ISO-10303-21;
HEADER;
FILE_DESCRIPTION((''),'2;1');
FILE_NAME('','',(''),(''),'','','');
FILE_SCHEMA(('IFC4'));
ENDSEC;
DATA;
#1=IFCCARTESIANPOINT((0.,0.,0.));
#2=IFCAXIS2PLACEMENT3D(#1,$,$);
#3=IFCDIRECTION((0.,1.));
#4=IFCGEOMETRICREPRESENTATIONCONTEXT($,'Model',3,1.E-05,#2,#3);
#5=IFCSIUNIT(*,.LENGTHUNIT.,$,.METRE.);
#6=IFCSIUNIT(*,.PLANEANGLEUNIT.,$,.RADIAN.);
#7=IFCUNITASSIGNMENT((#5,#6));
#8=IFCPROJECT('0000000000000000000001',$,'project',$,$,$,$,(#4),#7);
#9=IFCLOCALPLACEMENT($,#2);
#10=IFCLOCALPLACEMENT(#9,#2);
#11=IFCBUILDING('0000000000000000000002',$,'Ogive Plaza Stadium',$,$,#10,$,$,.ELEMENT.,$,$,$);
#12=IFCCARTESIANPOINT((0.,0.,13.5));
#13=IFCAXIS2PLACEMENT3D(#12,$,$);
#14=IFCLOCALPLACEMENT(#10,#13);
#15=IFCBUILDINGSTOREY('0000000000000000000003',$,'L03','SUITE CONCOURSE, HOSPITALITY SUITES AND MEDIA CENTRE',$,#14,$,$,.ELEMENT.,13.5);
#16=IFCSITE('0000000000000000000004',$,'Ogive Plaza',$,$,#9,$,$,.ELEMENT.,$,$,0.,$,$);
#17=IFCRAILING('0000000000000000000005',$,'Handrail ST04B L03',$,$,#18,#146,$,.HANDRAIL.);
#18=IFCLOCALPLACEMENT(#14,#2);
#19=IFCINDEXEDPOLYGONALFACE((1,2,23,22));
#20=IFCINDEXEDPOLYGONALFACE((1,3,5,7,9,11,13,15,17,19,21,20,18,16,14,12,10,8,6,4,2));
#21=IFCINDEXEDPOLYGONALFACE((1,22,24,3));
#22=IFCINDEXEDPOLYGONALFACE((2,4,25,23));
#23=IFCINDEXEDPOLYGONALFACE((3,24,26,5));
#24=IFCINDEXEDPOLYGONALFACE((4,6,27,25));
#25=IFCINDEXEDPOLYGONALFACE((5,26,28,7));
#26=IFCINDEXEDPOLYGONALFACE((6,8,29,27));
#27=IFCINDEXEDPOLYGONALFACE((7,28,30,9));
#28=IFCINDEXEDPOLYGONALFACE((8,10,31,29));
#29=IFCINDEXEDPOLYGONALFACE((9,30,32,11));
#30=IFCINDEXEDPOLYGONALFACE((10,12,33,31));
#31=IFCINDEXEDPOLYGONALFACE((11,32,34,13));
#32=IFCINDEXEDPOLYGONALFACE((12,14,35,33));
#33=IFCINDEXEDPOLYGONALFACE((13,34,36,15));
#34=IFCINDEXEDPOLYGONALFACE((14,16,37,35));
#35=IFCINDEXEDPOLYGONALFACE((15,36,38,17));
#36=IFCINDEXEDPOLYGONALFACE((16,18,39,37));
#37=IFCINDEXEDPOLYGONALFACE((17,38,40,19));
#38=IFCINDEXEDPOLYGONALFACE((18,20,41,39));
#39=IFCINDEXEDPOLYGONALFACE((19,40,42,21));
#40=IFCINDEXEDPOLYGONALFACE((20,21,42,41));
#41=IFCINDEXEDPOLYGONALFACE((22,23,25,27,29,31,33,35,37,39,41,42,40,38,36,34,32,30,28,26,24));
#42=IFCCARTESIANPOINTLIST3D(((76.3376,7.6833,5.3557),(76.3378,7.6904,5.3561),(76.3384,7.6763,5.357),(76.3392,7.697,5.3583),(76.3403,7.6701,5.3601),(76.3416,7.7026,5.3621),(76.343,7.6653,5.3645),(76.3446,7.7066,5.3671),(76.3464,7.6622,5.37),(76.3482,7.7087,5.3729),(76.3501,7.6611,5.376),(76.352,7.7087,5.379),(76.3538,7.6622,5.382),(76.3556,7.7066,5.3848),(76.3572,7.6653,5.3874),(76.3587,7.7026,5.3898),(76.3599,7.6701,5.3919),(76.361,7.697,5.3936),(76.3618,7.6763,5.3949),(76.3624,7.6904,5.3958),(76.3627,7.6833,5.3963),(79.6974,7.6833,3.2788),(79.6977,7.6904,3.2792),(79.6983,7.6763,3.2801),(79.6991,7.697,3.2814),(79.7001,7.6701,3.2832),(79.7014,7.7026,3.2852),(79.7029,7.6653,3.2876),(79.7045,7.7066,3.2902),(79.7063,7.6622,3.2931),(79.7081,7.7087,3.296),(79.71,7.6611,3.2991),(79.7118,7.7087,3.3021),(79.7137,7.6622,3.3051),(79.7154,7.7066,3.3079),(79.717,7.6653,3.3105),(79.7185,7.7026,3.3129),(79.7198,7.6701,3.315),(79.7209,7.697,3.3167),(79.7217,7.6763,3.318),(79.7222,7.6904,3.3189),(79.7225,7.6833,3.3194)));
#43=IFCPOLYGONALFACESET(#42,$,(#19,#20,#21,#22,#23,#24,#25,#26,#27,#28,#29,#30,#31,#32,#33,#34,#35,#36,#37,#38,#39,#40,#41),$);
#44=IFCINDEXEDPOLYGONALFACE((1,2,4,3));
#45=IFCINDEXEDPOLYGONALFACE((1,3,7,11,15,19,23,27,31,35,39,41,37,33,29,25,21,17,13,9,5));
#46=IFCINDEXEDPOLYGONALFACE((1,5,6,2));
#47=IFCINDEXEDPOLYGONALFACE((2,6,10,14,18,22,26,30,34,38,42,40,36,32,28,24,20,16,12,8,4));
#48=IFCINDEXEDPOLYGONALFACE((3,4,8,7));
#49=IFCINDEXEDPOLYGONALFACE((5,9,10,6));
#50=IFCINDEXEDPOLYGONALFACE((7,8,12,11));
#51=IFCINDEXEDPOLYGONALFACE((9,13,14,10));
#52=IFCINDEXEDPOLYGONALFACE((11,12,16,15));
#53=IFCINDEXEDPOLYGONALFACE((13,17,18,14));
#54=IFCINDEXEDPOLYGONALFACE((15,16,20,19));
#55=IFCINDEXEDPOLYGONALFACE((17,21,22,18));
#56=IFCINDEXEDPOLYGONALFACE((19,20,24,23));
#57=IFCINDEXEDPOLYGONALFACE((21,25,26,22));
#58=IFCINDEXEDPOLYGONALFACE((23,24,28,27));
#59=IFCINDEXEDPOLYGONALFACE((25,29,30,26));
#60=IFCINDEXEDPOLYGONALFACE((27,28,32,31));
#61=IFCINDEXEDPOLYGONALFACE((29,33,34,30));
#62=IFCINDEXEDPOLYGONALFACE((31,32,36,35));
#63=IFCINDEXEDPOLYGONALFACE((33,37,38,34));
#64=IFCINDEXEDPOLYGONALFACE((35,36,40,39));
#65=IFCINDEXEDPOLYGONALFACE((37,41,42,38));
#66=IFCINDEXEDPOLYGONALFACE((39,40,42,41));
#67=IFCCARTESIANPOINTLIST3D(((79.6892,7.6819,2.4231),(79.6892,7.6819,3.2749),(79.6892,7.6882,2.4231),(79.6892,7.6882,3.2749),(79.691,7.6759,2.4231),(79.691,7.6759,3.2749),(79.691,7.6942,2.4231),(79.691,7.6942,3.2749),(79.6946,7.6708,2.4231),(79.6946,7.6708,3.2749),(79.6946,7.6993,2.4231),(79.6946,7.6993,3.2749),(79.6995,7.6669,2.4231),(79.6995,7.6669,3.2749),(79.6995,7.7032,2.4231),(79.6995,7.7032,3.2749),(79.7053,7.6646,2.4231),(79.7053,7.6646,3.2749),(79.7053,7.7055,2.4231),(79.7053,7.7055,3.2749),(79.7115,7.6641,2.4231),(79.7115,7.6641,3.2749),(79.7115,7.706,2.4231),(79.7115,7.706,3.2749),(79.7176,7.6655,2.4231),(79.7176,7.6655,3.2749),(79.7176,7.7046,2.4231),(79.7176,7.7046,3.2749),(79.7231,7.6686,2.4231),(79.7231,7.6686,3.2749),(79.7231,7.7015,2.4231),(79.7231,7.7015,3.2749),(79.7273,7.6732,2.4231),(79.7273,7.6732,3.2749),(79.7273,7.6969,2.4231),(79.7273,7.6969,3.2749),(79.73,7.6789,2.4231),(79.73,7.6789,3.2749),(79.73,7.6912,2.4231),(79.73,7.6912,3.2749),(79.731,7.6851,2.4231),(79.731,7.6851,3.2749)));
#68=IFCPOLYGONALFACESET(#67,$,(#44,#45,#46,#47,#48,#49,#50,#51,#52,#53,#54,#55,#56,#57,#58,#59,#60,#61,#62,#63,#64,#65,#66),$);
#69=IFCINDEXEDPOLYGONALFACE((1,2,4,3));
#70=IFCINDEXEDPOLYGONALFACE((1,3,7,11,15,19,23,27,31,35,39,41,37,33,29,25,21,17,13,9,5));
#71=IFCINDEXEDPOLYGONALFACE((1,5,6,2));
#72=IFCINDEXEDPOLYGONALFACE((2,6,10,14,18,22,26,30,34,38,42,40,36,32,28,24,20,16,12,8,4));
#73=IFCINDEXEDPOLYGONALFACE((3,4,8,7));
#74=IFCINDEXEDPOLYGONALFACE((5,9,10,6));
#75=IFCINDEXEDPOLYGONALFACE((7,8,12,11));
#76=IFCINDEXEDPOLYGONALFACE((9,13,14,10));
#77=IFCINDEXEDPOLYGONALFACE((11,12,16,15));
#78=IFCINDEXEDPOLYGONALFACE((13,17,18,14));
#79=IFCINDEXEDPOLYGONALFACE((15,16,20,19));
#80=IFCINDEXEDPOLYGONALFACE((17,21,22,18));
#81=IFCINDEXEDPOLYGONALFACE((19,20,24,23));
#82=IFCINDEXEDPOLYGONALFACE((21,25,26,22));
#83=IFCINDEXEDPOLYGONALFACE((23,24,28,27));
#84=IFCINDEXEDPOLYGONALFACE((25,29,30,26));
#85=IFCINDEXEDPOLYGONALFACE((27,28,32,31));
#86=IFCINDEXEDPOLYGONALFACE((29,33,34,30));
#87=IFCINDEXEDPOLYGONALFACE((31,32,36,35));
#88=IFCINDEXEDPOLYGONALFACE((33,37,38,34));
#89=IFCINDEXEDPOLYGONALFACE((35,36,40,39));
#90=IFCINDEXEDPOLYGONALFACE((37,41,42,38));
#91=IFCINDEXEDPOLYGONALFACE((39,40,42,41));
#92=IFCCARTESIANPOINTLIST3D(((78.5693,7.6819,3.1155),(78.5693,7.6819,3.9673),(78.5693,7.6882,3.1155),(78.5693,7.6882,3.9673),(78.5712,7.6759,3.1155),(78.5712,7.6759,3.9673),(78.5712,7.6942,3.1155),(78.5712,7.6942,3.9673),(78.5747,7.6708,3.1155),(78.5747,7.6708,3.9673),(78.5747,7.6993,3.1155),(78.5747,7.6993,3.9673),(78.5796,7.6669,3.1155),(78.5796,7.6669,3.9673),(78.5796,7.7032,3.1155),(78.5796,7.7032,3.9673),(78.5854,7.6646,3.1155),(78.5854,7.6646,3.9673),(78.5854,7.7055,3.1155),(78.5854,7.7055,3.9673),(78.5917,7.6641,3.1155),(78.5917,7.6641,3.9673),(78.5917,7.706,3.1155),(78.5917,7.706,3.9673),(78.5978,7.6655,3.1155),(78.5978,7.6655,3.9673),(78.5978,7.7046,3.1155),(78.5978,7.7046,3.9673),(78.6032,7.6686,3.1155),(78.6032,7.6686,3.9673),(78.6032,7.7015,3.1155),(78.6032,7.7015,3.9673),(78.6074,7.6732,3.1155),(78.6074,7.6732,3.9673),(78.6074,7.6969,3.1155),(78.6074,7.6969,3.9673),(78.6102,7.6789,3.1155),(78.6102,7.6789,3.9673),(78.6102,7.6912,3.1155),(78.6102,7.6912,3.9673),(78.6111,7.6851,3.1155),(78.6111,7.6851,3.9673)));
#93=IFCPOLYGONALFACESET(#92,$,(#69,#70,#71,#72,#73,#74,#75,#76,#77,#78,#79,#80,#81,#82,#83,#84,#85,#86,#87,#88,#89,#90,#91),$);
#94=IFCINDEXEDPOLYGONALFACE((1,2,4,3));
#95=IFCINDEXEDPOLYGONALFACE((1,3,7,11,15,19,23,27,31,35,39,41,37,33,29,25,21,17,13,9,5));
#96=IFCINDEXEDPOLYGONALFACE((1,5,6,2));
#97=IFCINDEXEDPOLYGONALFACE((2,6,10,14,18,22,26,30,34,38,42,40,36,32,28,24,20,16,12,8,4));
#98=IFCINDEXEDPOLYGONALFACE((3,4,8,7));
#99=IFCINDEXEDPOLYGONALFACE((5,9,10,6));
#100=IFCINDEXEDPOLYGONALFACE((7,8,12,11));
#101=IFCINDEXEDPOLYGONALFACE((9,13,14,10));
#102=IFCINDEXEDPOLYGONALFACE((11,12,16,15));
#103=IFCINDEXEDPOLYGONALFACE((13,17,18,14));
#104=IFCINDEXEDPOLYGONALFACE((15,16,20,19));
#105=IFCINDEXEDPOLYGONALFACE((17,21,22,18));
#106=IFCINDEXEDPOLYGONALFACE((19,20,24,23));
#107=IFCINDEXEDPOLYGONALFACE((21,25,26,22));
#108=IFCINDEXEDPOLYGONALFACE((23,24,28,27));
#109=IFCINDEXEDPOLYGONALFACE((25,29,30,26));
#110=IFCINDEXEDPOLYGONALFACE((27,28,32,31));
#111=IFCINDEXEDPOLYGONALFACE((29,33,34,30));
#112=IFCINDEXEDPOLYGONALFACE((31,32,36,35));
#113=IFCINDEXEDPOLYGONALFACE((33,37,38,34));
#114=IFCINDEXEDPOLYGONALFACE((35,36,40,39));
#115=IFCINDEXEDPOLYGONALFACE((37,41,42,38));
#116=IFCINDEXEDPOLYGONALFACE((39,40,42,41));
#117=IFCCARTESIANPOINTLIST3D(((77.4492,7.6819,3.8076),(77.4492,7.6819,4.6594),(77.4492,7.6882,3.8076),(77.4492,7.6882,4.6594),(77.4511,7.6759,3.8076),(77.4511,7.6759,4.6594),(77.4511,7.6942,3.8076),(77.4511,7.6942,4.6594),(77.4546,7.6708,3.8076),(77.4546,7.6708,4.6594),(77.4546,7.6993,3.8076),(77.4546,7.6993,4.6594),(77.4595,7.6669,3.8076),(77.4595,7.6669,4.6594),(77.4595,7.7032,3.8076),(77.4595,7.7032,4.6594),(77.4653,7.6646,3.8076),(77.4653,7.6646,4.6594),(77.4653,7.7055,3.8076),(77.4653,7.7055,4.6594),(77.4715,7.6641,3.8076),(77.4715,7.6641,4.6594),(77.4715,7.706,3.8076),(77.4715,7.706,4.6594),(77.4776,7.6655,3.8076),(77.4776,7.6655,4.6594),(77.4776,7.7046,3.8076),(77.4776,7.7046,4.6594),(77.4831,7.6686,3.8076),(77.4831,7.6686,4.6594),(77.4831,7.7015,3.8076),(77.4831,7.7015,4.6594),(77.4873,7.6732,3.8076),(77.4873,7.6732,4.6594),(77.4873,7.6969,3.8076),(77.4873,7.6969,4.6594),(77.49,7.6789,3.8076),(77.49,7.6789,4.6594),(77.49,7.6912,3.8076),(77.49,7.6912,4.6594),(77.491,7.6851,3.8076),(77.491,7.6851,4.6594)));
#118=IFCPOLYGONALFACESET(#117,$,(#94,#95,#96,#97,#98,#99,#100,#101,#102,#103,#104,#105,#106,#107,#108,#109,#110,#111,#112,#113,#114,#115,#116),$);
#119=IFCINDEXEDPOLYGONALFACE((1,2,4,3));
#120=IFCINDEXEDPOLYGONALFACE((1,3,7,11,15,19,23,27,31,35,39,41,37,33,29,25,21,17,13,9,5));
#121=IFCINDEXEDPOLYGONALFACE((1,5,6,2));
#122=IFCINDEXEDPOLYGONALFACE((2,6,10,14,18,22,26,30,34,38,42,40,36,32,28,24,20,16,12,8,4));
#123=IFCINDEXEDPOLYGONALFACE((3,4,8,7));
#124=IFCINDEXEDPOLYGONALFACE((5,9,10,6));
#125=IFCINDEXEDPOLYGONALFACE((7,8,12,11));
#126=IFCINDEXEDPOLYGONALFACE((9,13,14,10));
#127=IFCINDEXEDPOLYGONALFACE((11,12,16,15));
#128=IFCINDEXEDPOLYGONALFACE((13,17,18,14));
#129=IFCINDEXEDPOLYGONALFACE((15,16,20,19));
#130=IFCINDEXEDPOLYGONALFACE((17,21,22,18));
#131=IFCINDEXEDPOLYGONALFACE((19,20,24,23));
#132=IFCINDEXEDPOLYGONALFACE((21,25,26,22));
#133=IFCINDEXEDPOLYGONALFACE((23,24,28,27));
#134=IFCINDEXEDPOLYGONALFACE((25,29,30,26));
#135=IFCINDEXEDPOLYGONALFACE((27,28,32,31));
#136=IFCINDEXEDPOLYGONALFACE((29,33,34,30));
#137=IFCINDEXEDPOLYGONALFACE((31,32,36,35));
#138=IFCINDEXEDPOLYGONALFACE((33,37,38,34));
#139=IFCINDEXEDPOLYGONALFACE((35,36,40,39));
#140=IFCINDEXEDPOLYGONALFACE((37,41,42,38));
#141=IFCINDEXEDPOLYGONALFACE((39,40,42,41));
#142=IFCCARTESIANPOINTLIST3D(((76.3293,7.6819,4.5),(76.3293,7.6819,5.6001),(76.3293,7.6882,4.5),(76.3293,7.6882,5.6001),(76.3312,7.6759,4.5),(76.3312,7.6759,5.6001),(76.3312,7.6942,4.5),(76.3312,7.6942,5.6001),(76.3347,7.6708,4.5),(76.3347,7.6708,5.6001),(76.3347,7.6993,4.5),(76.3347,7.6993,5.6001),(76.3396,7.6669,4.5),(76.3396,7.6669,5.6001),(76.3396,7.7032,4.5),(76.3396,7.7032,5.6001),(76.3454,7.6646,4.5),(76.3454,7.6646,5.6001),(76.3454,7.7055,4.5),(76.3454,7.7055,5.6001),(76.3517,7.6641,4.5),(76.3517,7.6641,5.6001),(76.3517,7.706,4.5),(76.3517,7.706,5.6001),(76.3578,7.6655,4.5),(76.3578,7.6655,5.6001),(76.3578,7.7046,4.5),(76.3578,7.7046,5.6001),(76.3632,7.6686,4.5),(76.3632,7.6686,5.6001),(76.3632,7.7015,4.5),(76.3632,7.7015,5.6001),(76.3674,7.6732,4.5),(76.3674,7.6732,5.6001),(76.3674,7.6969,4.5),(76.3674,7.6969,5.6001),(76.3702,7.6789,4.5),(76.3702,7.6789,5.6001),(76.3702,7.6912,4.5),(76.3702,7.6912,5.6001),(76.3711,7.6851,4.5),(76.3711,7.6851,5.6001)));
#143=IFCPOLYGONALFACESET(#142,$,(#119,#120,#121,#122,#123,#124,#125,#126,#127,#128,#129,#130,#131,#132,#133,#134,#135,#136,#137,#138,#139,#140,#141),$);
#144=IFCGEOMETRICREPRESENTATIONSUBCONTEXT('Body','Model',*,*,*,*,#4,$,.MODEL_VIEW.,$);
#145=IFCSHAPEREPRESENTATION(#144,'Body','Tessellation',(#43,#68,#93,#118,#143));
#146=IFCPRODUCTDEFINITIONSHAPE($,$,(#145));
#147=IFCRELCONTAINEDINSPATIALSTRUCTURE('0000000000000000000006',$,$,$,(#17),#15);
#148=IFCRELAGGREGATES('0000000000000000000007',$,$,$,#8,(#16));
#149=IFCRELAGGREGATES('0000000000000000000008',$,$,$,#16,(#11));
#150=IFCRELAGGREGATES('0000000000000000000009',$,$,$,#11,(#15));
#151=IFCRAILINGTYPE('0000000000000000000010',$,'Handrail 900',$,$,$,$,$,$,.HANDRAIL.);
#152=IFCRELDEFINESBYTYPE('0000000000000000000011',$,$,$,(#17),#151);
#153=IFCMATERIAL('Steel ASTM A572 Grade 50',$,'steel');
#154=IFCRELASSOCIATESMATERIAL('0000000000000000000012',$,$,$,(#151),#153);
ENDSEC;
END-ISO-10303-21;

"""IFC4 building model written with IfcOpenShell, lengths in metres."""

from ifc_helpers import new_model, si_unit, direction, frame, origin, origin_2d, place, context, subcontext, project, spatial, circle, extrude, material, type_object, element, save


model = new_model("IFC4")

# Units and contexts
model_context = context("Model", 3, precision=1e-05, world=origin(), true_north=direction((0.0, 1.0)))
body_context = subcontext(model_context, "Body", "Model", "MODEL_VIEW")
ifc_project = project(units=[si_unit("LENGTHUNIT", "METRE"), si_unit("PLANEANGLEUNIT", "RADIAN")], contexts=[model_context])

# Site, building, storey
site_placement = place(None, origin())
site = spatial("IfcSite", under=ifc_project, at=site_placement, Name="Ogive Plaza", CompositionType="ELEMENT", RefElevation=0.0)
building_placement = place(site_placement, origin())
building = spatial("IfcBuilding", under=site, at=building_placement, Name="Ogive Plaza Stadium", CompositionType="ELEMENT")
storey_placement = place(building_placement, frame((0.0, 0.0, 13.5)))
storey = spatial("IfcBuildingStorey", under=building, at=storey_placement, Name="L03", Description="SUITE CONCOURSE, HOSPITALITY SUITES AND MEDIA CENTRE", CompositionType="ELEMENT", Elevation=13.5)

# Railing
ifc_material_1 = material(Name="Steel ASTM A572 Grade 50", Category="steel")
railing_type_1 = type_object("IfcRailingType", Name="Handrail 900", PredefinedType="HANDRAIL", material=ifc_material_1)
for number, where, name in (
    (1, (79.71, 7.6851, 2.4231), "Handrail ST04B L03"),
):
    element("IfcRailing", number, at=place(storey_placement, frame(where)), inside=storey, type_object=railing_type_1, Name=name, PredefinedType="HANDRAIL", context=body_context, shape_type="SweptSolid", body=[
        extrude(circle(Radius=0.0239, at=origin_2d()), frame((0.0, 0.0, 0.876), z_axis=(-0.850606, 0.0, 0.525803), x_axis=(0.0, -1.0, 0.0)), (0.0, 0.0, 1.0), 3.95),
        extrude(circle(Radius=0.021, at=origin_2d()), origin(), (0.0, 0.0, 1.0), 0.8518),
        extrude(circle(Radius=0.021, at=origin_2d()), frame((-1.1199, 0.0, 0.6924)), (0.0, 0.0, 1.0), 0.8518),
        extrude(circle(Radius=0.021, at=origin_2d()), frame((-2.24, 0.0, 1.3845)), (0.0, 0.0, 1.0), 0.8518),
        extrude(circle(Radius=0.021, at=origin_2d()), frame((-3.3599, 0.0, 2.0769)), (0.0, 0.0, 1.0), 1.1001),
    ])

save(model, "model.ifc")
